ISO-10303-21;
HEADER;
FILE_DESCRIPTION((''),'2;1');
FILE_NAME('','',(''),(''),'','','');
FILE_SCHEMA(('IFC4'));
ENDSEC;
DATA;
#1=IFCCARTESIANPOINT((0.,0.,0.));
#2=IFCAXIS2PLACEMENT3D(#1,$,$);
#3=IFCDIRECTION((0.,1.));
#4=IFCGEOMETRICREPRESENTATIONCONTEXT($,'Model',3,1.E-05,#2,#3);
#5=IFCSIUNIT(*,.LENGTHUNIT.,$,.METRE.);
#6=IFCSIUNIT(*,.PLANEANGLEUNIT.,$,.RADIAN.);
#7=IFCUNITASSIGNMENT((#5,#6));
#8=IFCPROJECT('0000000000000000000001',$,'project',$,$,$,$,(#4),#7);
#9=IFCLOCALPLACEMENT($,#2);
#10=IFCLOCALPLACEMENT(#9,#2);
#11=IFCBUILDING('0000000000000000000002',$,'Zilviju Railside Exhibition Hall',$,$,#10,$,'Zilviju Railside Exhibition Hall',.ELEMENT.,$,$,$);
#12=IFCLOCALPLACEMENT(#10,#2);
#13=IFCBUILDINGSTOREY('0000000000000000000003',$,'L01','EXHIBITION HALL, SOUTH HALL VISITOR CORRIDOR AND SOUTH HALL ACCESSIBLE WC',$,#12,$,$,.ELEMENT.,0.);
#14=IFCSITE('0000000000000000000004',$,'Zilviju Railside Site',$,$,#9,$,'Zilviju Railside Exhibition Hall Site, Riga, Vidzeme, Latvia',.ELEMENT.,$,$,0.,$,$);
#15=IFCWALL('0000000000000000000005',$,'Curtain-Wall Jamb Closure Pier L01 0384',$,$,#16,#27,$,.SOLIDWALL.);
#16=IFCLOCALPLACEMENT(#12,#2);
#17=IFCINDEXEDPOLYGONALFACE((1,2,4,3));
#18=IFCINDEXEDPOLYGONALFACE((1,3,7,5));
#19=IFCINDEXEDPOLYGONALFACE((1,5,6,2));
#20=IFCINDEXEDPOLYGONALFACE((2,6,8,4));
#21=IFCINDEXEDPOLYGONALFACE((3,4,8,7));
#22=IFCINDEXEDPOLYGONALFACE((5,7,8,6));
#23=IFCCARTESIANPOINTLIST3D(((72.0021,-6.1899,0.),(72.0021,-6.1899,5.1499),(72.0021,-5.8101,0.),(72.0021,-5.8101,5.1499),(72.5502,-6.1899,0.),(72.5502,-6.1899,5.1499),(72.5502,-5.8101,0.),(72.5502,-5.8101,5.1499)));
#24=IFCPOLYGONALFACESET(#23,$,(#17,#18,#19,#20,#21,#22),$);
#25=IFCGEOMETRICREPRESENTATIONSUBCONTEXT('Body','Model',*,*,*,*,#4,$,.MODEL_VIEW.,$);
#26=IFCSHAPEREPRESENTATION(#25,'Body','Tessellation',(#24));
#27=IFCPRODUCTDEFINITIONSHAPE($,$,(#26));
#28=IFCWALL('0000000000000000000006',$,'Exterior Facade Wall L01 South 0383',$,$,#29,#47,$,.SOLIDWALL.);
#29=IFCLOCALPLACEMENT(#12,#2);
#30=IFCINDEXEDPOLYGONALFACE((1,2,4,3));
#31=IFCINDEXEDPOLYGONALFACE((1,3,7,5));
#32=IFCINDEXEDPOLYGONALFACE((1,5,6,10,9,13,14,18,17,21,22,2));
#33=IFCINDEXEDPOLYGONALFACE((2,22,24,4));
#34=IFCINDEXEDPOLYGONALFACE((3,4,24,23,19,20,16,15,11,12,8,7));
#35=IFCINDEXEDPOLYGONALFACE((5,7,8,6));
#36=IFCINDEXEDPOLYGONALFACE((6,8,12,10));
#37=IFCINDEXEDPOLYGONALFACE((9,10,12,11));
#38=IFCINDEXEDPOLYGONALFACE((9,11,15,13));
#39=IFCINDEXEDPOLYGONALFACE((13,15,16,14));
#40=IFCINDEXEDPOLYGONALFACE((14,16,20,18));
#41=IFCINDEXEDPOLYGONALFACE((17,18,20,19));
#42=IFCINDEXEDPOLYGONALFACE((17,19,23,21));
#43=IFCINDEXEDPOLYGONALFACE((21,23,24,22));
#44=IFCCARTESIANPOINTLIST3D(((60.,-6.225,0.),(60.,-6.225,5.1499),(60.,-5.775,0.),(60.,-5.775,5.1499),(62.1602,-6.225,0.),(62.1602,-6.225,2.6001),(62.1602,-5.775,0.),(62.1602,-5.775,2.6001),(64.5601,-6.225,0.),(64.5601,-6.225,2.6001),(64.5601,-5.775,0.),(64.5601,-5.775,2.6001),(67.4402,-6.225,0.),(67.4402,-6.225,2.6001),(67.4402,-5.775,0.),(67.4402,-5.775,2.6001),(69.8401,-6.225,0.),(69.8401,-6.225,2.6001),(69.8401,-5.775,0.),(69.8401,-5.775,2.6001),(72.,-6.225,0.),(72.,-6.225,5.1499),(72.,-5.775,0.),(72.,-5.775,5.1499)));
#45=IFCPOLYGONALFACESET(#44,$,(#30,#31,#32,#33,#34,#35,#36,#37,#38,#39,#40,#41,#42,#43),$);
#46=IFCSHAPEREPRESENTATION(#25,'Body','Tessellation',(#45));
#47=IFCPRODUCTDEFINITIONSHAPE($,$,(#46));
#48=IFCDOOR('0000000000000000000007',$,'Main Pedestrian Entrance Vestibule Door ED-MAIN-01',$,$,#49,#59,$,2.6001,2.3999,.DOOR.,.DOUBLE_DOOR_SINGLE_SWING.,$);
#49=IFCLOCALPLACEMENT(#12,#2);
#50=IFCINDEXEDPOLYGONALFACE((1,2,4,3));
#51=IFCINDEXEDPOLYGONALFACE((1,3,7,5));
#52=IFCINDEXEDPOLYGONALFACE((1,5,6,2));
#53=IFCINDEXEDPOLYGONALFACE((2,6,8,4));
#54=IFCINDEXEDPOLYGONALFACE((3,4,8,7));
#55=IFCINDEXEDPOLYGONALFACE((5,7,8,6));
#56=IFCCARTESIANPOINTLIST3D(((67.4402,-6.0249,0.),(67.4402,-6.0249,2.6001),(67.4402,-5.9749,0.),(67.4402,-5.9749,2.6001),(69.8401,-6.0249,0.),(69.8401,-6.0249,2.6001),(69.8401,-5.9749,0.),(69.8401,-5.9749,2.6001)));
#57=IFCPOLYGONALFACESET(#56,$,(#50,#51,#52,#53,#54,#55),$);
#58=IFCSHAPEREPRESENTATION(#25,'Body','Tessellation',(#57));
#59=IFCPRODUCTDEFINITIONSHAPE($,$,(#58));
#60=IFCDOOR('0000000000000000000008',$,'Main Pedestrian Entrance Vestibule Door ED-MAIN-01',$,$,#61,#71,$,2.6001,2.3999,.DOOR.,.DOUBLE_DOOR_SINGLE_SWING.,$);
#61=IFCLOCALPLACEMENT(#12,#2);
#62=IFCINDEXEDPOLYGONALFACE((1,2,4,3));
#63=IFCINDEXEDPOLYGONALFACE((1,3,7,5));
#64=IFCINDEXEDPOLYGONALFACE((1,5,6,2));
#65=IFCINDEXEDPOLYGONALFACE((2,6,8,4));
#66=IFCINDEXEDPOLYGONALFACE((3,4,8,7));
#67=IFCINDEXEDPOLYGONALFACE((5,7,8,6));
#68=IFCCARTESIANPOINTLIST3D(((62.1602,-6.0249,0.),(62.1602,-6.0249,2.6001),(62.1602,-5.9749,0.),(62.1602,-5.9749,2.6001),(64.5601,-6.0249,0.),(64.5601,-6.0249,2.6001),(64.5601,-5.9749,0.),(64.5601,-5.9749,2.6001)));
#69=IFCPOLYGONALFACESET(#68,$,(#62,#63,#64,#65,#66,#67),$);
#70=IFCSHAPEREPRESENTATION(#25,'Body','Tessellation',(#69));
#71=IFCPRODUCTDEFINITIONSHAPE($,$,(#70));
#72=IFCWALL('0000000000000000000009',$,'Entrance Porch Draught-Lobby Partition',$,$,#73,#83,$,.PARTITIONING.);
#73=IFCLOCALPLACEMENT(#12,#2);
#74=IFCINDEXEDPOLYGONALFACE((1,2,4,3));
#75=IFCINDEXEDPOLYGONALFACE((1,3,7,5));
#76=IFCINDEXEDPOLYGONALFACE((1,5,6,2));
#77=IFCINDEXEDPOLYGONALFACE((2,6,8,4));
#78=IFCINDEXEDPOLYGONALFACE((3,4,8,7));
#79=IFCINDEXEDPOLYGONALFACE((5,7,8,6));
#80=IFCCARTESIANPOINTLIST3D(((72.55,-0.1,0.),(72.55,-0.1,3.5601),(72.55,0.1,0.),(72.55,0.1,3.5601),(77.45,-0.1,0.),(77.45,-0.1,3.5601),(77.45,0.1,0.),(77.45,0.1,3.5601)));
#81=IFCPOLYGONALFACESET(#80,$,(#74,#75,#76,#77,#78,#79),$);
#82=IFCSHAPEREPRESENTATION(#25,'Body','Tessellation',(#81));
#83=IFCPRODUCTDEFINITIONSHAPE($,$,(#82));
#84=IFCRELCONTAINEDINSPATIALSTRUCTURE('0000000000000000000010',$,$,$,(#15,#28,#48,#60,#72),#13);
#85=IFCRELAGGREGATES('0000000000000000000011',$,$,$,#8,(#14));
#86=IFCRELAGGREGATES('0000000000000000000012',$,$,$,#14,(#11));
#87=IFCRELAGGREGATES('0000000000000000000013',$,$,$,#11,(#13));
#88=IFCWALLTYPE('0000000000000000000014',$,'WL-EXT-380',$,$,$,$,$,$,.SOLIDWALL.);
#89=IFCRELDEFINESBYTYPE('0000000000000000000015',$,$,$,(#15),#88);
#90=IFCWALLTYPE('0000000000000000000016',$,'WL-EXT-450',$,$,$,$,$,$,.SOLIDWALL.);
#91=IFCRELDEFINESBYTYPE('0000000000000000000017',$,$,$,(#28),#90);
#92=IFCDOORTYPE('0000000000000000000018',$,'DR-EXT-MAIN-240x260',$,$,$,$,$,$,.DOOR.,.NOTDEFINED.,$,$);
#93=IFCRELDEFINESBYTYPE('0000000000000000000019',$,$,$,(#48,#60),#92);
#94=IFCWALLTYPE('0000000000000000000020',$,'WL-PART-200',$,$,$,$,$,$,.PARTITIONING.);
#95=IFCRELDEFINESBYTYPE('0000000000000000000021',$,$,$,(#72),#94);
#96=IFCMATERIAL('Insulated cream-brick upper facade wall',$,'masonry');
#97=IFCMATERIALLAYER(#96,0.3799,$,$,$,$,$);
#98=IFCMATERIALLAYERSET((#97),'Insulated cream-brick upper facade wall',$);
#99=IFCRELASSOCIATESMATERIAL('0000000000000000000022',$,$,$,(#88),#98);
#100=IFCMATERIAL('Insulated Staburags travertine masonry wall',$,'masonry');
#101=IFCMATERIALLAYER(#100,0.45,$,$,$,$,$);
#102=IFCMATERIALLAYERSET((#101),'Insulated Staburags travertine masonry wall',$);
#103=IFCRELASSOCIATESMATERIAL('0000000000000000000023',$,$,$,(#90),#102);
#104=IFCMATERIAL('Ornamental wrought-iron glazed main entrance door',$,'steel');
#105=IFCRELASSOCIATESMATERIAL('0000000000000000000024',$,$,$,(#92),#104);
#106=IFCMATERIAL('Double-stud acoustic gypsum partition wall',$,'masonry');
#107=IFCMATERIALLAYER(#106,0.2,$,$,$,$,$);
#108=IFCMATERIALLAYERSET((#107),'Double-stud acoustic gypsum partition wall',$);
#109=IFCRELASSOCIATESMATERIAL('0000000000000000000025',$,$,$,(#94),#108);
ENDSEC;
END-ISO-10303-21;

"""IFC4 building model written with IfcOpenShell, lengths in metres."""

from ifc_helpers import new_model, si_unit, direction, frame, frame_2d, origin, place, context, subcontext, project, spatial, rectangle, extrude, material, layer, layer_set, type_object, element, fill, save


model = new_model("IFC4")

# Units and contexts
model_context = context("Model", 3, precision=1e-05, world=origin(), true_north=direction((0.0, 1.0)))
body_context = subcontext(model_context, "Body", "Model", "MODEL_VIEW")
ifc_project = project(units=[si_unit("LENGTHUNIT", "METRE"), si_unit("PLANEANGLEUNIT", "RADIAN")], contexts=[model_context])

# Site, building, storey
site_placement = place(None, origin())
site = spatial("IfcSite", under=ifc_project, at=site_placement, Name="Zilviju Railside Site", LongName="Zilviju Railside Exhibition Hall Site, Riga, Vidzeme, Latvia", CompositionType="ELEMENT", RefElevation=0.0)
building_placement = place(site_placement, origin())
building = spatial("IfcBuilding", under=site, at=building_placement, Name="Zilviju Railside Exhibition Hall", LongName="Zilviju Railside Exhibition Hall", CompositionType="ELEMENT")
storey_placement = place(building_placement, origin())
storey = spatial("IfcBuildingStorey", under=building, at=storey_placement, Name="L01", Description="EXHIBITION HALL, SOUTH HALL VISITOR CORRIDOR AND SOUTH HALL ACCESSIBLE WC", CompositionType="ELEMENT", Elevation=0.0)

# Wall
ifc_material_1 = material(Name="Insulated cream-brick upper facade wall", Category="masonry")
ifc_layer_1 = layer(ifc_material_1, 0.3799)
ifc_layer_set_1 = layer_set([ifc_layer_1], Name="Insulated cream-brick upper facade wall")
wall_type_1 = type_object("IfcWallType", Name="WL-EXT-380", PredefinedType="SOLIDWALL", material=ifc_layer_set_1)
wall_1_placement = place(storey_placement, frame((72.55, -6.0, 0.0), z_axis=(0.0, 0.0, 1.0), x_axis=(-1.0, 0.0, 0.0)))
element("IfcWall", 1, at=wall_1_placement, inside=storey, type_object=wall_type_1, Name="Curtain-Wall Jamb Closure Pier L01 0384", PredefinedType="SOLIDWALL", context=body_context, shape_type="SweptSolid", body=[
    extrude(rectangle(XDim=0.5481, YDim=0.3799, at=frame_2d((0.2739, 0.0))), origin(), (0.0, 0.0, 1.0), 5.1499),
])

# Wall, openings, doors
ifc_material_2 = material(Name="Insulated Staburags travertine masonry wall", Category="masonry")
ifc_layer_2 = layer(ifc_material_2, 0.45)
ifc_layer_set_2 = layer_set([ifc_layer_2], Name="Insulated Staburags travertine masonry wall")
wall_type_2 = type_object("IfcWallType", Name="WL-EXT-450", PredefinedType="SOLIDWALL", material=ifc_layer_set_2)
wall_2_placement = place(storey_placement, frame((72.0, -6.0, 0.0), z_axis=(0.0, 0.0, 1.0), x_axis=(-1.0, 0.0, 0.0)))
wall_2 = element("IfcWall", 2, at=wall_2_placement, inside=storey, type_object=wall_type_2, Name="Exterior Facade Wall L01 South 0383", PredefinedType="SOLIDWALL", context=body_context, shape_type="SweptSolid", body=[
    extrude(rectangle(XDim=12.0, YDim=0.45, at=frame_2d((6.0, 0.0))), origin(), (0.0, 0.0, 1.0), 5.1499),
])
opening_1_placement = place(wall_2_placement, frame((2.1599, 0.0, 0.0)))
opening_1 = element("IfcOpeningElement", 3, at=opening_1_placement, cuts=wall_2, PredefinedType="OPENING", context=body_context, shape_type="SweptSolid", body=[
    extrude(rectangle(XDim=2.3999, YDim=2.6001, at=frame_2d((1.2, 1.3))), frame((0.0, 0.2349, 0.0), z_axis=(0.0, -1.0, 0.0), x_axis=(1.0, 0.0, 0.0)), (0.0, 0.0, 1.0), 0.47),
])
opening_2_placement = place(wall_2_placement, frame((7.4399, 0.0, 0.0)))
opening_2 = element("IfcOpeningElement", 4, at=opening_2_placement, cuts=wall_2, PredefinedType="OPENING", context=body_context, shape_type="SweptSolid", body=[
    extrude(rectangle(XDim=2.3999, YDim=2.6001, at=frame_2d((1.2, 1.3))), frame((0.0, 0.2349, 0.0), z_axis=(0.0, -1.0, 0.0), x_axis=(1.0, 0.0, 0.0)), (0.0, 0.0, 1.0), 0.47),
])
ifc_material_3 = material(Name="Ornamental wrought-iron glazed main entrance door", Category="steel")
door_type = type_object("IfcDoorType", Name="DR-EXT-MAIN-240x260", OperationType="NOTDEFINED", PredefinedType="DOOR", material=ifc_material_3)
door_1_placement = place(opening_1_placement, origin())
door_1 = element("IfcDoor", 5, at=door_1_placement, inside=storey, type_object=door_type, Name="Main Pedestrian Entrance Vestibule Door ED-MAIN-01", OperationType="DOUBLE_DOOR_SINGLE_SWING", OverallHeight=2.6001, OverallWidth=2.3999, PredefinedType="DOOR", context=body_context, shape_type="SweptSolid", body=[
    extrude(rectangle(XDim=2.3999, YDim=2.6001, at=frame_2d((1.2, 1.3))), frame((0.0, 0.0249, 0.0), z_axis=(0.0, -1.0, 0.0), x_axis=(1.0, 0.0, 0.0)), (0.0, 0.0, 1.0), 0.05),
])
fill(opening_1, door_1)
door_2_placement = place(opening_2_placement, origin())
door_2 = element("IfcDoor", 6, at=door_2_placement, inside=storey, type_object=door_type, Name="Main Pedestrian Entrance Vestibule Door ED-MAIN-01", OperationType="DOUBLE_DOOR_SINGLE_SWING", OverallHeight=2.6001, OverallWidth=2.3999, PredefinedType="DOOR", context=body_context, shape_type="SweptSolid", body=[
    extrude(rectangle(XDim=2.3999, YDim=2.6001, at=frame_2d((1.2, 1.3))), frame((0.0, 0.0249, 0.0), z_axis=(0.0, -1.0, 0.0), x_axis=(1.0, 0.0, 0.0)), (0.0, 0.0, 1.0), 0.05),
])
fill(opening_2, door_2)

# Wall
ifc_material_4 = material(Name="Double-stud acoustic gypsum partition wall", Category="masonry")
ifc_layer_3 = layer(ifc_material_4, 0.2)
ifc_layer_set_3 = layer_set([ifc_layer_3], Name="Double-stud acoustic gypsum partition wall")
wall_type_3 = type_object("IfcWallType", Name="WL-PART-200", PredefinedType="PARTITIONING", material=ifc_layer_set_3)
wall_3_placement = place(storey_placement, frame((72.55, 0.0, 0.0), z_axis=(0.0, 0.0, 1.0), x_axis=(1.0, 0.0, 0.0)))
element("IfcWall", 7, at=wall_3_placement, inside=storey, type_object=wall_type_3, Name="Entrance Porch Draught-Lobby Partition", PredefinedType="PARTITIONING", context=body_context, shape_type="SweptSolid", body=[
    extrude(rectangle(XDim=4.8999, YDim=0.2, at=frame_2d((2.45, 0.0))), origin(), (0.0, 0.0, 1.0), 3.5601),
])

save(model, "model.ifc")
